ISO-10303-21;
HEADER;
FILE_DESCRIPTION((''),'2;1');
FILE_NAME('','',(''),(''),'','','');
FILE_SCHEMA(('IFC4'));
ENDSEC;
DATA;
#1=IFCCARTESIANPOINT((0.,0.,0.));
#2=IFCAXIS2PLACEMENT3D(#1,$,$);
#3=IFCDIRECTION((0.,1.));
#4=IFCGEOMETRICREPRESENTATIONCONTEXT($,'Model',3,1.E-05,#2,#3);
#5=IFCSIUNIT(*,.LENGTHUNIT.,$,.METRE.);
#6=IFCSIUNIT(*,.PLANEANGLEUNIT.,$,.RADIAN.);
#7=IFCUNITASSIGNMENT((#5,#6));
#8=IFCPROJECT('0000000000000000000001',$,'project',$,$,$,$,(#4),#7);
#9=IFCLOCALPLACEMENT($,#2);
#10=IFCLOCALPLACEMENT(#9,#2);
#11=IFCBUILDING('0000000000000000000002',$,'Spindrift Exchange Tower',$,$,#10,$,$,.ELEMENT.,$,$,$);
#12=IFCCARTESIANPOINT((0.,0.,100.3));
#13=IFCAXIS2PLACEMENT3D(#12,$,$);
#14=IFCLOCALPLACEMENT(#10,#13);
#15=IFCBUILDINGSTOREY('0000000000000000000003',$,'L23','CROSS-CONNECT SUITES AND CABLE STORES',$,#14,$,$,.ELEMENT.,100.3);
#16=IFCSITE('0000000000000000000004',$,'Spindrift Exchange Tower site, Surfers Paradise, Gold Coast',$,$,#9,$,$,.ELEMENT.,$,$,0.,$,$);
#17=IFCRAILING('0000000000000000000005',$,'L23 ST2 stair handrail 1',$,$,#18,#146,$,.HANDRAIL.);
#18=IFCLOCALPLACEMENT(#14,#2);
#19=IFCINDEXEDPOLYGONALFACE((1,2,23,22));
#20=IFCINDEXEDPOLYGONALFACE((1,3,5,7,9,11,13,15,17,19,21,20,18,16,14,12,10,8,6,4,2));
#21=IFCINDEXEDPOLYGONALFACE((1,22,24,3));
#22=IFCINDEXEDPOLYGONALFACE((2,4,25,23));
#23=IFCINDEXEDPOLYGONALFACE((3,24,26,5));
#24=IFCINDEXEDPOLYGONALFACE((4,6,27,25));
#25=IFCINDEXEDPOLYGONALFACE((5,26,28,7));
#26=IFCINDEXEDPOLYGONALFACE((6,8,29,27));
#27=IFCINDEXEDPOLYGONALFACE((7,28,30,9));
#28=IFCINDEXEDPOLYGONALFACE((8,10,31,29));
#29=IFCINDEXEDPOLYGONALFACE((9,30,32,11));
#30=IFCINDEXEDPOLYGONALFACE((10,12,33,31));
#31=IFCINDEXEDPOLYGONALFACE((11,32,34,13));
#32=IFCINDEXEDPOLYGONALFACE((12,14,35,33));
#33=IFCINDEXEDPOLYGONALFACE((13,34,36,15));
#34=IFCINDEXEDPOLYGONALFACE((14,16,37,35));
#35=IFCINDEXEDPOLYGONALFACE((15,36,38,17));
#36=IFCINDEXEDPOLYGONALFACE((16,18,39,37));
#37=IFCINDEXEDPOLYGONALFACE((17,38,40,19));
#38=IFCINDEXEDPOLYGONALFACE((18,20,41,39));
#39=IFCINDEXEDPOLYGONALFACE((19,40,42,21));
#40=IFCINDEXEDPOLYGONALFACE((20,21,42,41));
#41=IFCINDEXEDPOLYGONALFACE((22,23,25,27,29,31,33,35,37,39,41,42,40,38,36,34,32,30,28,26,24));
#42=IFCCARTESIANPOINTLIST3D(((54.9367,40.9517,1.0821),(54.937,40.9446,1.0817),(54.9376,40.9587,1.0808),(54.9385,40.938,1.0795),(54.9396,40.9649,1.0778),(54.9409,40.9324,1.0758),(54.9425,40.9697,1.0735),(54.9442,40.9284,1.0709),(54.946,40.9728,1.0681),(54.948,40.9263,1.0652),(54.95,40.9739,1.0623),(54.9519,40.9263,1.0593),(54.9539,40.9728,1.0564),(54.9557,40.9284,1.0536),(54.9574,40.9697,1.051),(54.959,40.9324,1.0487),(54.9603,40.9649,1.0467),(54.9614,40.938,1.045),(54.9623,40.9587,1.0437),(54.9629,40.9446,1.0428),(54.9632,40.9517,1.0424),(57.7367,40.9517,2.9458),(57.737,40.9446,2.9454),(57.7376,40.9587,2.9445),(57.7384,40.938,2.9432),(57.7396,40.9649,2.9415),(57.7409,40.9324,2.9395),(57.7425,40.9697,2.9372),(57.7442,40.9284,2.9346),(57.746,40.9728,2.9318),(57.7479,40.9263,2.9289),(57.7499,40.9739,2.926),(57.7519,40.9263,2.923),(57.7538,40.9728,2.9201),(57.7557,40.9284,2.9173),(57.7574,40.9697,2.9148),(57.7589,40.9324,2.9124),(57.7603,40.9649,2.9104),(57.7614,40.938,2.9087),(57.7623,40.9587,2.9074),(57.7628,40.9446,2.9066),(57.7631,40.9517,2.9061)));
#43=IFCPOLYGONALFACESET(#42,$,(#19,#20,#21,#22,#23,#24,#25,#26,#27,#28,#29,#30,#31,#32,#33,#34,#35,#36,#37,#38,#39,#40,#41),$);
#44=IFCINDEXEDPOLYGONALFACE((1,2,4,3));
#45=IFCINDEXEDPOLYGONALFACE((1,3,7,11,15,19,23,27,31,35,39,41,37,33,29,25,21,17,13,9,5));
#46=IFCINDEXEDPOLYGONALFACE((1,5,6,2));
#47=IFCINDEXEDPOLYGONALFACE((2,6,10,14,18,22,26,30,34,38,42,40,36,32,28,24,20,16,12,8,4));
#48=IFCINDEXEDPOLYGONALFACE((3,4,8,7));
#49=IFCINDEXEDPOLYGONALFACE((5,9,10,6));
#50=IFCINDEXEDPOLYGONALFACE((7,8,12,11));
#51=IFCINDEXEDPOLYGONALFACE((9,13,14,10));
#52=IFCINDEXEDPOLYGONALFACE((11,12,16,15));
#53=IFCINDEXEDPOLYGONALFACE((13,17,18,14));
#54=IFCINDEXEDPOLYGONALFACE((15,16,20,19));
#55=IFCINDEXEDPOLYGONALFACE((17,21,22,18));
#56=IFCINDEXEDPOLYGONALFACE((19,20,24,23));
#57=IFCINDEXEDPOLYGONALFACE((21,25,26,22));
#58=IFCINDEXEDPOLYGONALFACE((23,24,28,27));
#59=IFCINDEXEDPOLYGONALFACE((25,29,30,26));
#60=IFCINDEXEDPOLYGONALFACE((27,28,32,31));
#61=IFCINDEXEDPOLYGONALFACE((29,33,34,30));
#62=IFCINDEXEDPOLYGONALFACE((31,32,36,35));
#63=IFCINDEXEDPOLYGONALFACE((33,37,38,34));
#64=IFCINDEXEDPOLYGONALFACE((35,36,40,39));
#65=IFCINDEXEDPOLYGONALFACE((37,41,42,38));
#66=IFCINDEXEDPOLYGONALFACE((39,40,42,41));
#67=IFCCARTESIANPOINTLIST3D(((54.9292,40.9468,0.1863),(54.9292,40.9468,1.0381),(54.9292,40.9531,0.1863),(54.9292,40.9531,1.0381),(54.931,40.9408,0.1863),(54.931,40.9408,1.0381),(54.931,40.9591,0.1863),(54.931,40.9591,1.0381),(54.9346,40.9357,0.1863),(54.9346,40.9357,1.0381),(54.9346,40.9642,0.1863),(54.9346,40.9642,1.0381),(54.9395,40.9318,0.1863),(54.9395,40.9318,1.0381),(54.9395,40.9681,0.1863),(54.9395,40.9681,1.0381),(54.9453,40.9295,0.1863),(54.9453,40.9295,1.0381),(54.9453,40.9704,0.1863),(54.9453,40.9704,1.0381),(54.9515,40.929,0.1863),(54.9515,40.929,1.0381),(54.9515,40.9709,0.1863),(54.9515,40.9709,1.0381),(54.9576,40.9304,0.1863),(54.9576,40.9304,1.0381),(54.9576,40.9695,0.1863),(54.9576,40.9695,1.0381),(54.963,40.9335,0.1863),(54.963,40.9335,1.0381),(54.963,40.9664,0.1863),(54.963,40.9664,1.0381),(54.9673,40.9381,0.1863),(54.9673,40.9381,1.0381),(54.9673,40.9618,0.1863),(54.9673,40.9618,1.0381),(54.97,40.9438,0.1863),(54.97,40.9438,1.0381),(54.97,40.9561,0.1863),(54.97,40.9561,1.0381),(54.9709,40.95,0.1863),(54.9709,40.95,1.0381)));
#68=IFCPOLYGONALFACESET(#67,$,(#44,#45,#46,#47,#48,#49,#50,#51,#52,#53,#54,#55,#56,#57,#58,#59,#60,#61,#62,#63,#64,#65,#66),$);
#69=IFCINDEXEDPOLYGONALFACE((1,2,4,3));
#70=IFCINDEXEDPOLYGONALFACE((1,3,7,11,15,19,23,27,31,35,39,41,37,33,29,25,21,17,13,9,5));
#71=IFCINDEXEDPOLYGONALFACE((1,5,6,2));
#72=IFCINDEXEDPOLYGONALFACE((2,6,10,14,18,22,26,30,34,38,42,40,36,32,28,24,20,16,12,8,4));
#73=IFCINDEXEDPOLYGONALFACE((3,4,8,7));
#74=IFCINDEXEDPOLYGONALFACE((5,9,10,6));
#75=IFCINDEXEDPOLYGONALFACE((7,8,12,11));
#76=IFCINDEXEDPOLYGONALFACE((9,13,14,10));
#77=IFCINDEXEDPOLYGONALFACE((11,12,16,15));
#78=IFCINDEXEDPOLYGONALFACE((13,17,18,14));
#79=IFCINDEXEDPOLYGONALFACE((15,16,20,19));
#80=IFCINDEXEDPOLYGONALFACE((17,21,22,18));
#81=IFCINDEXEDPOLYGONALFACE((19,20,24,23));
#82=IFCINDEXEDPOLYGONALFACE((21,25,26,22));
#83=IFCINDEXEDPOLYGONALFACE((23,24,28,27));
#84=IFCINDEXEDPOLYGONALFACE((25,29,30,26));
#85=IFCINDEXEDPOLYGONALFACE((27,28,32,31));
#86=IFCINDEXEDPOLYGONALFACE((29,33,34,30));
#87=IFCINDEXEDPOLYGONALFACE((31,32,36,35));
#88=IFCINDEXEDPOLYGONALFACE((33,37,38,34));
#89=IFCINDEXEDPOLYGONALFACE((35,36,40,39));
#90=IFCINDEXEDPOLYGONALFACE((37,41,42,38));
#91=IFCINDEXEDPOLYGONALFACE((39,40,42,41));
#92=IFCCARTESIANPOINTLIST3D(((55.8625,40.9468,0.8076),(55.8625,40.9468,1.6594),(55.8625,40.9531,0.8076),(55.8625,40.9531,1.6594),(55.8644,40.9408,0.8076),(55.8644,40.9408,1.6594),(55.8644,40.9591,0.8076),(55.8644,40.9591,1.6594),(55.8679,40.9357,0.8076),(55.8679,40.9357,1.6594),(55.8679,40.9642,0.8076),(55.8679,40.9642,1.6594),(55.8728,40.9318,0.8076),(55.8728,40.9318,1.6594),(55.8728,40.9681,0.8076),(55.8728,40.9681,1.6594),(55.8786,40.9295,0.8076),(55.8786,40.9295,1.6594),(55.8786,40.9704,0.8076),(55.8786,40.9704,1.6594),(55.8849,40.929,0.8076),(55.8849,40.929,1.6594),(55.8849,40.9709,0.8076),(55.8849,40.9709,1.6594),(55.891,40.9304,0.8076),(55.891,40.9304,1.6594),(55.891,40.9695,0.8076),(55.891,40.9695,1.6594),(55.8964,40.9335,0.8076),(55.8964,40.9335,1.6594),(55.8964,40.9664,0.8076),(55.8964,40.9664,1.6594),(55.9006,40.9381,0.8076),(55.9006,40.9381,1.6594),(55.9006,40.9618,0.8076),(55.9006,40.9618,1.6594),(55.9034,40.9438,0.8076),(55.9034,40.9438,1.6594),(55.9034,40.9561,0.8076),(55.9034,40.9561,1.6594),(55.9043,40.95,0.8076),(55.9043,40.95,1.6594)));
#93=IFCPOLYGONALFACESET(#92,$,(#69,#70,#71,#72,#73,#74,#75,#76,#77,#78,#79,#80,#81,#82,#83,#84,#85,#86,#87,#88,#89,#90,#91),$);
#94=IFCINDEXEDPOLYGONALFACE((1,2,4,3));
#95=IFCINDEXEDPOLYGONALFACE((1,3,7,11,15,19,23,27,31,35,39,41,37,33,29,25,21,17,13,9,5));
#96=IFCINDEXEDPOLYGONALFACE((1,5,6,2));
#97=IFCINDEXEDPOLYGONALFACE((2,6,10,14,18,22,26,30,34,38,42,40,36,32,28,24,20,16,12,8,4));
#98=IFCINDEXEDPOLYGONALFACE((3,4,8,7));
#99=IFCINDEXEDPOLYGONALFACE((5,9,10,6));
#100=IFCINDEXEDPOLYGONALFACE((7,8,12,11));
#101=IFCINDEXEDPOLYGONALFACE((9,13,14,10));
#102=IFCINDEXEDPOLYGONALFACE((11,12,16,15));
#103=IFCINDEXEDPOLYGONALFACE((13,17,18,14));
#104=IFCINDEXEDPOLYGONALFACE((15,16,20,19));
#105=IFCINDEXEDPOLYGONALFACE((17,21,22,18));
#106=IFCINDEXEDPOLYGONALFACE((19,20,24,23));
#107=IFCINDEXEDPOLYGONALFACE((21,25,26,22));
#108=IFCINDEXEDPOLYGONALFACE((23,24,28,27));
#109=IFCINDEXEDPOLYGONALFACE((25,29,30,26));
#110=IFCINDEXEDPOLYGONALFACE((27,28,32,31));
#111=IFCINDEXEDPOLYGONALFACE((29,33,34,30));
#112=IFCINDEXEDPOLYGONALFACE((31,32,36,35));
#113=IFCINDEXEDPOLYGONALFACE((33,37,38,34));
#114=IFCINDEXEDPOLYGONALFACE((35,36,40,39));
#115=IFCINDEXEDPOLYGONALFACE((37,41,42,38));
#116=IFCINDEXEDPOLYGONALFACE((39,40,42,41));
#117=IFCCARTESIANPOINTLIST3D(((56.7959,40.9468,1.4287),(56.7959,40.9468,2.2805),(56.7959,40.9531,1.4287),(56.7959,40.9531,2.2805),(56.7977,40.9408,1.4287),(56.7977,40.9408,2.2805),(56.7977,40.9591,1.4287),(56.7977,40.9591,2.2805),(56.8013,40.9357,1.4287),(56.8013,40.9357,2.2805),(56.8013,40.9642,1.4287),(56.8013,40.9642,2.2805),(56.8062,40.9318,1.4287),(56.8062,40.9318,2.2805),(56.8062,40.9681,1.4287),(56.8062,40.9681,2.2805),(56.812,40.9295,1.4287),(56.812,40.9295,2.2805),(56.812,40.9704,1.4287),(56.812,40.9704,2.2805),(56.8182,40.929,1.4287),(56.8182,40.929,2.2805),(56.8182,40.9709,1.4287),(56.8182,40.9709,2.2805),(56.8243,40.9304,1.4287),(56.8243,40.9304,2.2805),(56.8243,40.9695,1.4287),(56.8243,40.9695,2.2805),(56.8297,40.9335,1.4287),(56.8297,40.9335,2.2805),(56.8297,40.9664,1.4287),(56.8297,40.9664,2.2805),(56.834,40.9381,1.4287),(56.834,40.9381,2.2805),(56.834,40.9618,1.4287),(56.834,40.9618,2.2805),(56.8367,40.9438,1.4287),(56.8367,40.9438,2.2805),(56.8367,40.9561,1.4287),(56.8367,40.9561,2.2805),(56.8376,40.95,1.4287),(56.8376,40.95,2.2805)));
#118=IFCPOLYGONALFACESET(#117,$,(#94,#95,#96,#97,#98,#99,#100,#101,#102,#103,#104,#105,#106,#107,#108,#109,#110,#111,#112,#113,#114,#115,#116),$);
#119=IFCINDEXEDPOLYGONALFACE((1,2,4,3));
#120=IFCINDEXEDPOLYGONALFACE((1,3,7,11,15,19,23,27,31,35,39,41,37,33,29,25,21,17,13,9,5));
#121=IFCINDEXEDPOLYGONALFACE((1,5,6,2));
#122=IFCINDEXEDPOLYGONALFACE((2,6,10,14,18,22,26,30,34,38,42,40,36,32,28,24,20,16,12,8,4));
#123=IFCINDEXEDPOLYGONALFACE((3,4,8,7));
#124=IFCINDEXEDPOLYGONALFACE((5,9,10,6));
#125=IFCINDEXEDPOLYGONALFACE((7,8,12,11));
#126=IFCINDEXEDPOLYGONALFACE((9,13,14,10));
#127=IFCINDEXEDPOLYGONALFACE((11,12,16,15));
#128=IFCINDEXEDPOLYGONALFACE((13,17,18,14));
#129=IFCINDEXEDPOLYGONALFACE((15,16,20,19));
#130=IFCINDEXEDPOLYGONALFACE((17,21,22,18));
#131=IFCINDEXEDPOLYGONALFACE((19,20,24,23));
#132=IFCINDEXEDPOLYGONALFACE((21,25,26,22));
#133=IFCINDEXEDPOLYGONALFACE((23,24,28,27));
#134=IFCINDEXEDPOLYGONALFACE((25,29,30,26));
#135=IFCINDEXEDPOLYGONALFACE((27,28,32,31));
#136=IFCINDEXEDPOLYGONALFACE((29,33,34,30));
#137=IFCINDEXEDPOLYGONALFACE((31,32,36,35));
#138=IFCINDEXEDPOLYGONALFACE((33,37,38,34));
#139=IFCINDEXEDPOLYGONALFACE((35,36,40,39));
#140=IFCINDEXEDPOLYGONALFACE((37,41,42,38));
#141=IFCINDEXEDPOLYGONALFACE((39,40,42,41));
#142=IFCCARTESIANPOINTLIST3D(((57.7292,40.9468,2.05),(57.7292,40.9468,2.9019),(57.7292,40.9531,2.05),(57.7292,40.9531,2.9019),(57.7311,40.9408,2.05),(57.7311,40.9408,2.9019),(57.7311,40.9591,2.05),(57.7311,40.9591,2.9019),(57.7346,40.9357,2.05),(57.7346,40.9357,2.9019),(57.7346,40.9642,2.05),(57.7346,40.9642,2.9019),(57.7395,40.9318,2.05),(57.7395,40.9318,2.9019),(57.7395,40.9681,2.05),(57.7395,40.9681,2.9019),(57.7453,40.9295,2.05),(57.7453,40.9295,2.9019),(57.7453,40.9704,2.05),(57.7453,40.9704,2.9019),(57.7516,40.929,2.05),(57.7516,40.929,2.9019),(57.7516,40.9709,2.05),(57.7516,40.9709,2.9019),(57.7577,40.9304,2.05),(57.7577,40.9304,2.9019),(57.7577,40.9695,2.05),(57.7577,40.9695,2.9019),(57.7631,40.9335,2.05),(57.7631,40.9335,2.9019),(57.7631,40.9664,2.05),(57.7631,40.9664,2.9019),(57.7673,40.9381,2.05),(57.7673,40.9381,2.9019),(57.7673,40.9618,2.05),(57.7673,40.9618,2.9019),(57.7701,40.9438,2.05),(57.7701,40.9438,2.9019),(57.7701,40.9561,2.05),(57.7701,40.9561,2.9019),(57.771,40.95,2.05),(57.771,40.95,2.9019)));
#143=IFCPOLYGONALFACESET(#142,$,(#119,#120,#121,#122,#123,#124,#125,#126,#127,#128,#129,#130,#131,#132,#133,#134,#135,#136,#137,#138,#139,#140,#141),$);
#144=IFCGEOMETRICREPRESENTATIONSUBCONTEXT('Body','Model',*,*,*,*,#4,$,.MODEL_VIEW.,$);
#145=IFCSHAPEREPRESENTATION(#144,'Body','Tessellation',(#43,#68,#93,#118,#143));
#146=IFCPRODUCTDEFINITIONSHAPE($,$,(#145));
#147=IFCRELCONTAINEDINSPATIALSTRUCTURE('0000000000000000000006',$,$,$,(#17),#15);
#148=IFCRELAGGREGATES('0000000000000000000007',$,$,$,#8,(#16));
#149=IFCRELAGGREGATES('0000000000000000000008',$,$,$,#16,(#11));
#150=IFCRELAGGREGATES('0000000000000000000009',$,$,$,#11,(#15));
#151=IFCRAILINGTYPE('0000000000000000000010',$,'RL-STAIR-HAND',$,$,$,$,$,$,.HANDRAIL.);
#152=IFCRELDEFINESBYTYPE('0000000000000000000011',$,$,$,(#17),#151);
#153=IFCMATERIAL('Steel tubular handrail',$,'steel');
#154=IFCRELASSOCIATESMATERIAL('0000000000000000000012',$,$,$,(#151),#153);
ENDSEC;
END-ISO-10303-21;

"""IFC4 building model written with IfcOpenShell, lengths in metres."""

from ifc_helpers import new_model, si_unit, direction, frame, origin, origin_2d, place, context, subcontext, project, spatial, circle, extrude, material, type_object, element, save


model = new_model("IFC4")

# Units and contexts
model_context = context("Model", 3, precision=1e-05, world=origin(), true_north=direction((0.0, 1.0)))
body_context = subcontext(model_context, "Body", "Model", "MODEL_VIEW")
ifc_project = project(units=[si_unit("LENGTHUNIT", "METRE"), si_unit("PLANEANGLEUNIT", "RADIAN")], contexts=[model_context])

# Site, building, storey
site_placement = place(None, origin())
site = spatial("IfcSite", under=ifc_project, at=site_placement, Name="Spindrift Exchange Tower site, Surfers Paradise, Gold Coast", CompositionType="ELEMENT", RefElevation=0.0)
building_placement = place(site_placement, origin())
building = spatial("IfcBuilding", under=site, at=building_placement, Name="Spindrift Exchange Tower", CompositionType="ELEMENT")
storey_placement = place(building_placement, frame((0.0, 0.0, 100.3)))
storey = spatial("IfcBuildingStorey", under=building, at=storey_placement, Name="L23", Description="CROSS-CONNECT SUITES AND CABLE STORES", CompositionType="ELEMENT", Elevation=100.3)

# Railing
ifc_material_1 = material(Name="Steel tubular handrail", Category="steel")
railing_type_1 = type_object("IfcRailingType", Name="RL-STAIR-HAND", PredefinedType="HANDRAIL", material=ifc_material_1)
railing_1_placement = place(storey_placement, frame((54.95, 40.95, 0.1863)))
element("IfcRailing", 1, at=railing_1_placement, inside=storey, type_object=railing_type_1, Name="L23 ST2 stair handrail 1", PredefinedType="HANDRAIL", context=body_context, shape_type="SweptSolid", body=[
    extrude(circle(Radius=0.0239, at=origin_2d()), frame((0.0, 0.0, 0.876), z_axis=(0.832452, 0.0, 0.554097), x_axis=(0.0, 1.0, 0.0)), (0.0, 0.0, 1.0), 3.3635),
    extrude(circle(Radius=0.021, at=origin_2d()), origin(), (0.0, 0.0, 1.0), 0.8518),
    extrude(circle(Radius=0.021, at=origin_2d()), frame((0.9333, 0.0, 0.6213)), (0.0, 0.0, 1.0), 0.8518),
    extrude(circle(Radius=0.021, at=origin_2d()), frame((1.8667, 0.0, 1.2424)), (0.0, 0.0, 1.0), 0.8518),
    extrude(circle(Radius=0.021, at=origin_2d()), frame((2.8, 0.0, 1.8638)), (0.0, 0.0, 1.0), 0.8518),
])

save(model, "model.ifc")
